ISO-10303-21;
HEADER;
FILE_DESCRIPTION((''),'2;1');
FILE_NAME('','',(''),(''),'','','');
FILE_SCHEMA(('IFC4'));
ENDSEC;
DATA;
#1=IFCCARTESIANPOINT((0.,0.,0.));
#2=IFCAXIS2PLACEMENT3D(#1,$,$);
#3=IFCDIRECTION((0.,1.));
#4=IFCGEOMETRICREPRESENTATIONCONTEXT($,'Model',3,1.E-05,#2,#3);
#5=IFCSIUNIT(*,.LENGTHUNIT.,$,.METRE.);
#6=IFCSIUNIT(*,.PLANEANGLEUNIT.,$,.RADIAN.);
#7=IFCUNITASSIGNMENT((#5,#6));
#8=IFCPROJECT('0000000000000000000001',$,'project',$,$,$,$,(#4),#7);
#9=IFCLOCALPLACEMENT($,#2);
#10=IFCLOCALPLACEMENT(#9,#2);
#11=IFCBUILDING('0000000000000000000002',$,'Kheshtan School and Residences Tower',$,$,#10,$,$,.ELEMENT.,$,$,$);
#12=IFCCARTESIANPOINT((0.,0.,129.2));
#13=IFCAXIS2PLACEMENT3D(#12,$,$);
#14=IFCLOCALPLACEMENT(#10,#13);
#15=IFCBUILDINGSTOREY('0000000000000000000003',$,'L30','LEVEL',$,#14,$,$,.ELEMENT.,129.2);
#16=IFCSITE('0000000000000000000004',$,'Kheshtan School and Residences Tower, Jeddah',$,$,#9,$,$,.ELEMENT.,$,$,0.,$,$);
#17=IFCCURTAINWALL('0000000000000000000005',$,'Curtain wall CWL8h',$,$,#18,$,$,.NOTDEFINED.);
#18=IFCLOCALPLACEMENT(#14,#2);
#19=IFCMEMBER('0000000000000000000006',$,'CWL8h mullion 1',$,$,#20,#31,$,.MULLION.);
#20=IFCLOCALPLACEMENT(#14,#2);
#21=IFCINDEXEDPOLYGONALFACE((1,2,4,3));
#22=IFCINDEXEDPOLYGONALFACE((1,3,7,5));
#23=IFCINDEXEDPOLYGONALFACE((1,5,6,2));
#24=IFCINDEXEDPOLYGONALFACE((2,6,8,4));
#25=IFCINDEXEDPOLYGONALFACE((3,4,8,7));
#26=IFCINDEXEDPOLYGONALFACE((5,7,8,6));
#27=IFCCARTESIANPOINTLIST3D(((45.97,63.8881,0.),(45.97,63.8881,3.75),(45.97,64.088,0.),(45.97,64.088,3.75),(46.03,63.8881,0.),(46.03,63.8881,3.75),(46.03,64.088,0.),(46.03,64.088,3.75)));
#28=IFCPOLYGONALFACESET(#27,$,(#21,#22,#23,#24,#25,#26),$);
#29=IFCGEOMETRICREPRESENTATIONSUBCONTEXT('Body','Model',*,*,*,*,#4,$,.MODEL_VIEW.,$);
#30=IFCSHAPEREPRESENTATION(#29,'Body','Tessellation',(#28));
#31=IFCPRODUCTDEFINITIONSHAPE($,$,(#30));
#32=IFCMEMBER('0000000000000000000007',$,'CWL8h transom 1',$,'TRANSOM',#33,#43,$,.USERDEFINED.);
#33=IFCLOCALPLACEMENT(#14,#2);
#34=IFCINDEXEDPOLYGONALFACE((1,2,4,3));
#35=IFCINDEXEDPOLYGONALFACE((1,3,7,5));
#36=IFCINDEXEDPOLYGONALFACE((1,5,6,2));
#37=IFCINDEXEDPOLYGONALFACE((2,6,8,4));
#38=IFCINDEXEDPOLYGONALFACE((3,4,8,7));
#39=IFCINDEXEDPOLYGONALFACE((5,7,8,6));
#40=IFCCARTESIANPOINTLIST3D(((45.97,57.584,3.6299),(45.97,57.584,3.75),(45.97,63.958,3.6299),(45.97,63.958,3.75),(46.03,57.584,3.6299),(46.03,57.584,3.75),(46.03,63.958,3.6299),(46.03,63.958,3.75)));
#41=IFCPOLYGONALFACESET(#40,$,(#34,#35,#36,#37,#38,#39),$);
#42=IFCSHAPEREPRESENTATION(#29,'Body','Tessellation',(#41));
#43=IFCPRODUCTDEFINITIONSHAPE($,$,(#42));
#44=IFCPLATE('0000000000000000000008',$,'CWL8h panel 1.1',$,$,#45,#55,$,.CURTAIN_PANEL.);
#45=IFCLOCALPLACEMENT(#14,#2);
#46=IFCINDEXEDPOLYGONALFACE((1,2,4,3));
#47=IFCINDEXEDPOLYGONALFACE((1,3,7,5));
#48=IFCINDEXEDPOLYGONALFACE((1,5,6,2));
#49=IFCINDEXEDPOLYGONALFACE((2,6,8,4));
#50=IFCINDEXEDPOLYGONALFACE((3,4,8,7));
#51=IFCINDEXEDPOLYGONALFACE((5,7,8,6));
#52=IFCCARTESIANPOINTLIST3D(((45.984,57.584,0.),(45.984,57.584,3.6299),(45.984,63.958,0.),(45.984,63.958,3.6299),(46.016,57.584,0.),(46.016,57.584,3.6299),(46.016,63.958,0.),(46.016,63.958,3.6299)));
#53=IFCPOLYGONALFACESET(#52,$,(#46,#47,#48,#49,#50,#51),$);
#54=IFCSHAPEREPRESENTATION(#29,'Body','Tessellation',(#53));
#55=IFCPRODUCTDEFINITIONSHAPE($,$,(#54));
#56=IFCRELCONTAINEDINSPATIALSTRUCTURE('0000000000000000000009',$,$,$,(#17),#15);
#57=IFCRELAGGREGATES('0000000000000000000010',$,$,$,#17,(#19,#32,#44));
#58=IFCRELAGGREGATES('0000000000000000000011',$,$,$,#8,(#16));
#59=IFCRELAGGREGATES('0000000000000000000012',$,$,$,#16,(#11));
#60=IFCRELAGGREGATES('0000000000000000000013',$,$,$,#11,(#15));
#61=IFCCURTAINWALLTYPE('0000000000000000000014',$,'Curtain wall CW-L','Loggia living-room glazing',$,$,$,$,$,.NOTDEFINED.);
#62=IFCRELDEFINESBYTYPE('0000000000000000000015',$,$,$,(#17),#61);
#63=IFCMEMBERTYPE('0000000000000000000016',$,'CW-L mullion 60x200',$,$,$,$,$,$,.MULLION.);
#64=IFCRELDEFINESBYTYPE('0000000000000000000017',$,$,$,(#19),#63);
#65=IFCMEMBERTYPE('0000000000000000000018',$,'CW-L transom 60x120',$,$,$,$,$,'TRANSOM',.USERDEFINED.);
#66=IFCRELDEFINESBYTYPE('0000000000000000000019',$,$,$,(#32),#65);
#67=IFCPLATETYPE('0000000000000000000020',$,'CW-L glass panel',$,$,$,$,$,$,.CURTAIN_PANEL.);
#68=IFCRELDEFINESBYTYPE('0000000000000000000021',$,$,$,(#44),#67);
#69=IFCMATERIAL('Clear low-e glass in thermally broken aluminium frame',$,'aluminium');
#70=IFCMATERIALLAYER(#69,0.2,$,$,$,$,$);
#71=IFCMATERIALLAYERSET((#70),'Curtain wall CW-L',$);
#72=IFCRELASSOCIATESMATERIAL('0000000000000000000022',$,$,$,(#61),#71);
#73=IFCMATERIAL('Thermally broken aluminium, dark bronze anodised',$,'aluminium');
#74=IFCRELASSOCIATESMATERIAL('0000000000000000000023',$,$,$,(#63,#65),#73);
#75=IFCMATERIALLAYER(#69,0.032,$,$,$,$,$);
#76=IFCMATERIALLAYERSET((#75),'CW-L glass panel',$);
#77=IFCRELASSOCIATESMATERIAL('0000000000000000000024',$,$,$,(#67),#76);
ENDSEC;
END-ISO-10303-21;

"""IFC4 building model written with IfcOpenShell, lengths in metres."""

from ifc_helpers import new_model, si_unit, direction, frame, origin, origin_2d, place, context, subcontext, project, spatial, rectangle, extrude, material, layer, layer_set, material_profile, profile_set, type_object, element, aggregate, save


model = new_model("IFC4")

# Units and contexts
model_context = context("Model", 3, precision=1e-05, world=origin(), true_north=direction((0.0, 1.0)))
body_context = subcontext(model_context, "Body", "Model", "MODEL_VIEW")
ifc_project = project(units=[si_unit("LENGTHUNIT", "METRE"), si_unit("PLANEANGLEUNIT", "RADIAN")], contexts=[model_context])

# Site, building, storey
site_placement = place(None, origin())
site = spatial("IfcSite", under=ifc_project, at=site_placement, Name="Kheshtan School and Residences Tower, Jeddah", CompositionType="ELEMENT", RefElevation=0.0)
building_placement = place(site_placement, origin())
building = spatial("IfcBuilding", under=site, at=building_placement, Name="Kheshtan School and Residences Tower", CompositionType="ELEMENT")
storey_placement = place(building_placement, frame((0.0, 0.0, 129.2)))
storey = spatial("IfcBuildingStorey", under=building, at=storey_placement, Name="L30", Description="LEVEL", CompositionType="ELEMENT", Elevation=129.2)

# Curtain wall, members, plate
ifc_material_1 = material(Name="Clear low-e glass in thermally broken aluminium frame", Category="aluminium")
ifc_layer_1 = layer(ifc_material_1, 0.2)
ifc_layer_set_1 = layer_set([ifc_layer_1], Name="Curtain wall CW-L")
curtain_wall_type = type_object("IfcCurtainWallType", Name="Curtain wall CW-L", Description="Loggia living-room glazing", PredefinedType="NOTDEFINED", material=ifc_layer_set_1)
curtain_wall_placement = place(storey_placement, origin())
curtain_wall = element("IfcCurtainWall", 1, at=curtain_wall_placement, inside=storey, type_object=curtain_wall_type, Name="Curtain wall CWL8h", PredefinedType="NOTDEFINED")
ifc_material_2 = material(Name="Thermally broken aluminium, dark bronze anodised", Category="aluminium")
ifc_material_profile_1 = material_profile(ifc_material_2, rectangle(XDim=0.0601, YDim=0.2, at=origin_2d()), Name="CW-L mullion 60x200")
ifc_profile_set_1 = profile_set([ifc_material_profile_1], Name="Thermally broken aluminium, dark bronze anodised")
member_type_1 = type_object("IfcMemberType", Name="CW-L mullion 60x200", PredefinedType="MULLION", material=ifc_profile_set_1)
member_1_placement = place(storey_placement, frame((46.0, 63.988, 0.0), z_axis=(0.0, 0.0, 1.0), x_axis=(1.0, 0.0, 0.0)))
member_1 = element("IfcMember", 2, at=member_1_placement, type_object=member_type_1, Name="CWL8h mullion 1", PredefinedType="MULLION", context=body_context, shape_type="SweptSolid", body=[
    extrude(rectangle(XDim=0.0601, YDim=0.2, at=origin_2d()), origin(), (0.0, 0.0, 1.0), 3.75),
])
ifc_material_profile_2 = material_profile(ifc_material_2, rectangle(XDim=0.0601, YDim=0.1201, at=origin_2d()), Name="CW-L transom 60x120")
ifc_profile_set_2 = profile_set([ifc_material_profile_2], Name="Thermally broken aluminium, dark bronze anodised")
member_type_2 = type_object("IfcMemberType", Name="CW-L transom 60x120", ElementType="TRANSOM", PredefinedType="USERDEFINED", material=ifc_profile_set_2)
member_2_placement = place(storey_placement, frame((46.0, 63.958, 3.6899), z_axis=(0.0, -1.0, 0.0), x_axis=(1.0, 0.0, 0.0)))
member_2 = element("IfcMember", 3, at=member_2_placement, type_object=member_type_2, Name="CWL8h transom 1", ObjectType="TRANSOM", PredefinedType="USERDEFINED", context=body_context, shape_type="SweptSolid", body=[
    extrude(rectangle(XDim=0.0601, YDim=0.1201, at=origin_2d()), origin(), (0.0, 0.0, 1.0), 6.374),
])
ifc_layer_2 = layer(ifc_material_1, 0.032)
ifc_layer_set_2 = layer_set([ifc_layer_2], Name="CW-L glass panel")
plate_type = type_object("IfcPlateType", Name="CW-L glass panel", PredefinedType="CURTAIN_PANEL", material=ifc_layer_set_2)
plate_placement = place(storey_placement, frame((46.0, 60.771, 0.0), z_axis=(0.0, 0.0, 1.0), x_axis=(0.0, -1.0, 0.0)))
plate = element("IfcPlate", 4, at=plate_placement, type_object=plate_type, Name="CWL8h panel 1.1", PredefinedType="CURTAIN_PANEL", context=body_context, shape_type="SweptSolid", body=[
    extrude(rectangle(XDim=6.374, YDim=0.032, at=origin_2d()), origin(), (0.0, 0.0, 1.0), 3.6299),
])
aggregate(curtain_wall, [member_1, member_2, plate])

save(model, "model.ifc")
